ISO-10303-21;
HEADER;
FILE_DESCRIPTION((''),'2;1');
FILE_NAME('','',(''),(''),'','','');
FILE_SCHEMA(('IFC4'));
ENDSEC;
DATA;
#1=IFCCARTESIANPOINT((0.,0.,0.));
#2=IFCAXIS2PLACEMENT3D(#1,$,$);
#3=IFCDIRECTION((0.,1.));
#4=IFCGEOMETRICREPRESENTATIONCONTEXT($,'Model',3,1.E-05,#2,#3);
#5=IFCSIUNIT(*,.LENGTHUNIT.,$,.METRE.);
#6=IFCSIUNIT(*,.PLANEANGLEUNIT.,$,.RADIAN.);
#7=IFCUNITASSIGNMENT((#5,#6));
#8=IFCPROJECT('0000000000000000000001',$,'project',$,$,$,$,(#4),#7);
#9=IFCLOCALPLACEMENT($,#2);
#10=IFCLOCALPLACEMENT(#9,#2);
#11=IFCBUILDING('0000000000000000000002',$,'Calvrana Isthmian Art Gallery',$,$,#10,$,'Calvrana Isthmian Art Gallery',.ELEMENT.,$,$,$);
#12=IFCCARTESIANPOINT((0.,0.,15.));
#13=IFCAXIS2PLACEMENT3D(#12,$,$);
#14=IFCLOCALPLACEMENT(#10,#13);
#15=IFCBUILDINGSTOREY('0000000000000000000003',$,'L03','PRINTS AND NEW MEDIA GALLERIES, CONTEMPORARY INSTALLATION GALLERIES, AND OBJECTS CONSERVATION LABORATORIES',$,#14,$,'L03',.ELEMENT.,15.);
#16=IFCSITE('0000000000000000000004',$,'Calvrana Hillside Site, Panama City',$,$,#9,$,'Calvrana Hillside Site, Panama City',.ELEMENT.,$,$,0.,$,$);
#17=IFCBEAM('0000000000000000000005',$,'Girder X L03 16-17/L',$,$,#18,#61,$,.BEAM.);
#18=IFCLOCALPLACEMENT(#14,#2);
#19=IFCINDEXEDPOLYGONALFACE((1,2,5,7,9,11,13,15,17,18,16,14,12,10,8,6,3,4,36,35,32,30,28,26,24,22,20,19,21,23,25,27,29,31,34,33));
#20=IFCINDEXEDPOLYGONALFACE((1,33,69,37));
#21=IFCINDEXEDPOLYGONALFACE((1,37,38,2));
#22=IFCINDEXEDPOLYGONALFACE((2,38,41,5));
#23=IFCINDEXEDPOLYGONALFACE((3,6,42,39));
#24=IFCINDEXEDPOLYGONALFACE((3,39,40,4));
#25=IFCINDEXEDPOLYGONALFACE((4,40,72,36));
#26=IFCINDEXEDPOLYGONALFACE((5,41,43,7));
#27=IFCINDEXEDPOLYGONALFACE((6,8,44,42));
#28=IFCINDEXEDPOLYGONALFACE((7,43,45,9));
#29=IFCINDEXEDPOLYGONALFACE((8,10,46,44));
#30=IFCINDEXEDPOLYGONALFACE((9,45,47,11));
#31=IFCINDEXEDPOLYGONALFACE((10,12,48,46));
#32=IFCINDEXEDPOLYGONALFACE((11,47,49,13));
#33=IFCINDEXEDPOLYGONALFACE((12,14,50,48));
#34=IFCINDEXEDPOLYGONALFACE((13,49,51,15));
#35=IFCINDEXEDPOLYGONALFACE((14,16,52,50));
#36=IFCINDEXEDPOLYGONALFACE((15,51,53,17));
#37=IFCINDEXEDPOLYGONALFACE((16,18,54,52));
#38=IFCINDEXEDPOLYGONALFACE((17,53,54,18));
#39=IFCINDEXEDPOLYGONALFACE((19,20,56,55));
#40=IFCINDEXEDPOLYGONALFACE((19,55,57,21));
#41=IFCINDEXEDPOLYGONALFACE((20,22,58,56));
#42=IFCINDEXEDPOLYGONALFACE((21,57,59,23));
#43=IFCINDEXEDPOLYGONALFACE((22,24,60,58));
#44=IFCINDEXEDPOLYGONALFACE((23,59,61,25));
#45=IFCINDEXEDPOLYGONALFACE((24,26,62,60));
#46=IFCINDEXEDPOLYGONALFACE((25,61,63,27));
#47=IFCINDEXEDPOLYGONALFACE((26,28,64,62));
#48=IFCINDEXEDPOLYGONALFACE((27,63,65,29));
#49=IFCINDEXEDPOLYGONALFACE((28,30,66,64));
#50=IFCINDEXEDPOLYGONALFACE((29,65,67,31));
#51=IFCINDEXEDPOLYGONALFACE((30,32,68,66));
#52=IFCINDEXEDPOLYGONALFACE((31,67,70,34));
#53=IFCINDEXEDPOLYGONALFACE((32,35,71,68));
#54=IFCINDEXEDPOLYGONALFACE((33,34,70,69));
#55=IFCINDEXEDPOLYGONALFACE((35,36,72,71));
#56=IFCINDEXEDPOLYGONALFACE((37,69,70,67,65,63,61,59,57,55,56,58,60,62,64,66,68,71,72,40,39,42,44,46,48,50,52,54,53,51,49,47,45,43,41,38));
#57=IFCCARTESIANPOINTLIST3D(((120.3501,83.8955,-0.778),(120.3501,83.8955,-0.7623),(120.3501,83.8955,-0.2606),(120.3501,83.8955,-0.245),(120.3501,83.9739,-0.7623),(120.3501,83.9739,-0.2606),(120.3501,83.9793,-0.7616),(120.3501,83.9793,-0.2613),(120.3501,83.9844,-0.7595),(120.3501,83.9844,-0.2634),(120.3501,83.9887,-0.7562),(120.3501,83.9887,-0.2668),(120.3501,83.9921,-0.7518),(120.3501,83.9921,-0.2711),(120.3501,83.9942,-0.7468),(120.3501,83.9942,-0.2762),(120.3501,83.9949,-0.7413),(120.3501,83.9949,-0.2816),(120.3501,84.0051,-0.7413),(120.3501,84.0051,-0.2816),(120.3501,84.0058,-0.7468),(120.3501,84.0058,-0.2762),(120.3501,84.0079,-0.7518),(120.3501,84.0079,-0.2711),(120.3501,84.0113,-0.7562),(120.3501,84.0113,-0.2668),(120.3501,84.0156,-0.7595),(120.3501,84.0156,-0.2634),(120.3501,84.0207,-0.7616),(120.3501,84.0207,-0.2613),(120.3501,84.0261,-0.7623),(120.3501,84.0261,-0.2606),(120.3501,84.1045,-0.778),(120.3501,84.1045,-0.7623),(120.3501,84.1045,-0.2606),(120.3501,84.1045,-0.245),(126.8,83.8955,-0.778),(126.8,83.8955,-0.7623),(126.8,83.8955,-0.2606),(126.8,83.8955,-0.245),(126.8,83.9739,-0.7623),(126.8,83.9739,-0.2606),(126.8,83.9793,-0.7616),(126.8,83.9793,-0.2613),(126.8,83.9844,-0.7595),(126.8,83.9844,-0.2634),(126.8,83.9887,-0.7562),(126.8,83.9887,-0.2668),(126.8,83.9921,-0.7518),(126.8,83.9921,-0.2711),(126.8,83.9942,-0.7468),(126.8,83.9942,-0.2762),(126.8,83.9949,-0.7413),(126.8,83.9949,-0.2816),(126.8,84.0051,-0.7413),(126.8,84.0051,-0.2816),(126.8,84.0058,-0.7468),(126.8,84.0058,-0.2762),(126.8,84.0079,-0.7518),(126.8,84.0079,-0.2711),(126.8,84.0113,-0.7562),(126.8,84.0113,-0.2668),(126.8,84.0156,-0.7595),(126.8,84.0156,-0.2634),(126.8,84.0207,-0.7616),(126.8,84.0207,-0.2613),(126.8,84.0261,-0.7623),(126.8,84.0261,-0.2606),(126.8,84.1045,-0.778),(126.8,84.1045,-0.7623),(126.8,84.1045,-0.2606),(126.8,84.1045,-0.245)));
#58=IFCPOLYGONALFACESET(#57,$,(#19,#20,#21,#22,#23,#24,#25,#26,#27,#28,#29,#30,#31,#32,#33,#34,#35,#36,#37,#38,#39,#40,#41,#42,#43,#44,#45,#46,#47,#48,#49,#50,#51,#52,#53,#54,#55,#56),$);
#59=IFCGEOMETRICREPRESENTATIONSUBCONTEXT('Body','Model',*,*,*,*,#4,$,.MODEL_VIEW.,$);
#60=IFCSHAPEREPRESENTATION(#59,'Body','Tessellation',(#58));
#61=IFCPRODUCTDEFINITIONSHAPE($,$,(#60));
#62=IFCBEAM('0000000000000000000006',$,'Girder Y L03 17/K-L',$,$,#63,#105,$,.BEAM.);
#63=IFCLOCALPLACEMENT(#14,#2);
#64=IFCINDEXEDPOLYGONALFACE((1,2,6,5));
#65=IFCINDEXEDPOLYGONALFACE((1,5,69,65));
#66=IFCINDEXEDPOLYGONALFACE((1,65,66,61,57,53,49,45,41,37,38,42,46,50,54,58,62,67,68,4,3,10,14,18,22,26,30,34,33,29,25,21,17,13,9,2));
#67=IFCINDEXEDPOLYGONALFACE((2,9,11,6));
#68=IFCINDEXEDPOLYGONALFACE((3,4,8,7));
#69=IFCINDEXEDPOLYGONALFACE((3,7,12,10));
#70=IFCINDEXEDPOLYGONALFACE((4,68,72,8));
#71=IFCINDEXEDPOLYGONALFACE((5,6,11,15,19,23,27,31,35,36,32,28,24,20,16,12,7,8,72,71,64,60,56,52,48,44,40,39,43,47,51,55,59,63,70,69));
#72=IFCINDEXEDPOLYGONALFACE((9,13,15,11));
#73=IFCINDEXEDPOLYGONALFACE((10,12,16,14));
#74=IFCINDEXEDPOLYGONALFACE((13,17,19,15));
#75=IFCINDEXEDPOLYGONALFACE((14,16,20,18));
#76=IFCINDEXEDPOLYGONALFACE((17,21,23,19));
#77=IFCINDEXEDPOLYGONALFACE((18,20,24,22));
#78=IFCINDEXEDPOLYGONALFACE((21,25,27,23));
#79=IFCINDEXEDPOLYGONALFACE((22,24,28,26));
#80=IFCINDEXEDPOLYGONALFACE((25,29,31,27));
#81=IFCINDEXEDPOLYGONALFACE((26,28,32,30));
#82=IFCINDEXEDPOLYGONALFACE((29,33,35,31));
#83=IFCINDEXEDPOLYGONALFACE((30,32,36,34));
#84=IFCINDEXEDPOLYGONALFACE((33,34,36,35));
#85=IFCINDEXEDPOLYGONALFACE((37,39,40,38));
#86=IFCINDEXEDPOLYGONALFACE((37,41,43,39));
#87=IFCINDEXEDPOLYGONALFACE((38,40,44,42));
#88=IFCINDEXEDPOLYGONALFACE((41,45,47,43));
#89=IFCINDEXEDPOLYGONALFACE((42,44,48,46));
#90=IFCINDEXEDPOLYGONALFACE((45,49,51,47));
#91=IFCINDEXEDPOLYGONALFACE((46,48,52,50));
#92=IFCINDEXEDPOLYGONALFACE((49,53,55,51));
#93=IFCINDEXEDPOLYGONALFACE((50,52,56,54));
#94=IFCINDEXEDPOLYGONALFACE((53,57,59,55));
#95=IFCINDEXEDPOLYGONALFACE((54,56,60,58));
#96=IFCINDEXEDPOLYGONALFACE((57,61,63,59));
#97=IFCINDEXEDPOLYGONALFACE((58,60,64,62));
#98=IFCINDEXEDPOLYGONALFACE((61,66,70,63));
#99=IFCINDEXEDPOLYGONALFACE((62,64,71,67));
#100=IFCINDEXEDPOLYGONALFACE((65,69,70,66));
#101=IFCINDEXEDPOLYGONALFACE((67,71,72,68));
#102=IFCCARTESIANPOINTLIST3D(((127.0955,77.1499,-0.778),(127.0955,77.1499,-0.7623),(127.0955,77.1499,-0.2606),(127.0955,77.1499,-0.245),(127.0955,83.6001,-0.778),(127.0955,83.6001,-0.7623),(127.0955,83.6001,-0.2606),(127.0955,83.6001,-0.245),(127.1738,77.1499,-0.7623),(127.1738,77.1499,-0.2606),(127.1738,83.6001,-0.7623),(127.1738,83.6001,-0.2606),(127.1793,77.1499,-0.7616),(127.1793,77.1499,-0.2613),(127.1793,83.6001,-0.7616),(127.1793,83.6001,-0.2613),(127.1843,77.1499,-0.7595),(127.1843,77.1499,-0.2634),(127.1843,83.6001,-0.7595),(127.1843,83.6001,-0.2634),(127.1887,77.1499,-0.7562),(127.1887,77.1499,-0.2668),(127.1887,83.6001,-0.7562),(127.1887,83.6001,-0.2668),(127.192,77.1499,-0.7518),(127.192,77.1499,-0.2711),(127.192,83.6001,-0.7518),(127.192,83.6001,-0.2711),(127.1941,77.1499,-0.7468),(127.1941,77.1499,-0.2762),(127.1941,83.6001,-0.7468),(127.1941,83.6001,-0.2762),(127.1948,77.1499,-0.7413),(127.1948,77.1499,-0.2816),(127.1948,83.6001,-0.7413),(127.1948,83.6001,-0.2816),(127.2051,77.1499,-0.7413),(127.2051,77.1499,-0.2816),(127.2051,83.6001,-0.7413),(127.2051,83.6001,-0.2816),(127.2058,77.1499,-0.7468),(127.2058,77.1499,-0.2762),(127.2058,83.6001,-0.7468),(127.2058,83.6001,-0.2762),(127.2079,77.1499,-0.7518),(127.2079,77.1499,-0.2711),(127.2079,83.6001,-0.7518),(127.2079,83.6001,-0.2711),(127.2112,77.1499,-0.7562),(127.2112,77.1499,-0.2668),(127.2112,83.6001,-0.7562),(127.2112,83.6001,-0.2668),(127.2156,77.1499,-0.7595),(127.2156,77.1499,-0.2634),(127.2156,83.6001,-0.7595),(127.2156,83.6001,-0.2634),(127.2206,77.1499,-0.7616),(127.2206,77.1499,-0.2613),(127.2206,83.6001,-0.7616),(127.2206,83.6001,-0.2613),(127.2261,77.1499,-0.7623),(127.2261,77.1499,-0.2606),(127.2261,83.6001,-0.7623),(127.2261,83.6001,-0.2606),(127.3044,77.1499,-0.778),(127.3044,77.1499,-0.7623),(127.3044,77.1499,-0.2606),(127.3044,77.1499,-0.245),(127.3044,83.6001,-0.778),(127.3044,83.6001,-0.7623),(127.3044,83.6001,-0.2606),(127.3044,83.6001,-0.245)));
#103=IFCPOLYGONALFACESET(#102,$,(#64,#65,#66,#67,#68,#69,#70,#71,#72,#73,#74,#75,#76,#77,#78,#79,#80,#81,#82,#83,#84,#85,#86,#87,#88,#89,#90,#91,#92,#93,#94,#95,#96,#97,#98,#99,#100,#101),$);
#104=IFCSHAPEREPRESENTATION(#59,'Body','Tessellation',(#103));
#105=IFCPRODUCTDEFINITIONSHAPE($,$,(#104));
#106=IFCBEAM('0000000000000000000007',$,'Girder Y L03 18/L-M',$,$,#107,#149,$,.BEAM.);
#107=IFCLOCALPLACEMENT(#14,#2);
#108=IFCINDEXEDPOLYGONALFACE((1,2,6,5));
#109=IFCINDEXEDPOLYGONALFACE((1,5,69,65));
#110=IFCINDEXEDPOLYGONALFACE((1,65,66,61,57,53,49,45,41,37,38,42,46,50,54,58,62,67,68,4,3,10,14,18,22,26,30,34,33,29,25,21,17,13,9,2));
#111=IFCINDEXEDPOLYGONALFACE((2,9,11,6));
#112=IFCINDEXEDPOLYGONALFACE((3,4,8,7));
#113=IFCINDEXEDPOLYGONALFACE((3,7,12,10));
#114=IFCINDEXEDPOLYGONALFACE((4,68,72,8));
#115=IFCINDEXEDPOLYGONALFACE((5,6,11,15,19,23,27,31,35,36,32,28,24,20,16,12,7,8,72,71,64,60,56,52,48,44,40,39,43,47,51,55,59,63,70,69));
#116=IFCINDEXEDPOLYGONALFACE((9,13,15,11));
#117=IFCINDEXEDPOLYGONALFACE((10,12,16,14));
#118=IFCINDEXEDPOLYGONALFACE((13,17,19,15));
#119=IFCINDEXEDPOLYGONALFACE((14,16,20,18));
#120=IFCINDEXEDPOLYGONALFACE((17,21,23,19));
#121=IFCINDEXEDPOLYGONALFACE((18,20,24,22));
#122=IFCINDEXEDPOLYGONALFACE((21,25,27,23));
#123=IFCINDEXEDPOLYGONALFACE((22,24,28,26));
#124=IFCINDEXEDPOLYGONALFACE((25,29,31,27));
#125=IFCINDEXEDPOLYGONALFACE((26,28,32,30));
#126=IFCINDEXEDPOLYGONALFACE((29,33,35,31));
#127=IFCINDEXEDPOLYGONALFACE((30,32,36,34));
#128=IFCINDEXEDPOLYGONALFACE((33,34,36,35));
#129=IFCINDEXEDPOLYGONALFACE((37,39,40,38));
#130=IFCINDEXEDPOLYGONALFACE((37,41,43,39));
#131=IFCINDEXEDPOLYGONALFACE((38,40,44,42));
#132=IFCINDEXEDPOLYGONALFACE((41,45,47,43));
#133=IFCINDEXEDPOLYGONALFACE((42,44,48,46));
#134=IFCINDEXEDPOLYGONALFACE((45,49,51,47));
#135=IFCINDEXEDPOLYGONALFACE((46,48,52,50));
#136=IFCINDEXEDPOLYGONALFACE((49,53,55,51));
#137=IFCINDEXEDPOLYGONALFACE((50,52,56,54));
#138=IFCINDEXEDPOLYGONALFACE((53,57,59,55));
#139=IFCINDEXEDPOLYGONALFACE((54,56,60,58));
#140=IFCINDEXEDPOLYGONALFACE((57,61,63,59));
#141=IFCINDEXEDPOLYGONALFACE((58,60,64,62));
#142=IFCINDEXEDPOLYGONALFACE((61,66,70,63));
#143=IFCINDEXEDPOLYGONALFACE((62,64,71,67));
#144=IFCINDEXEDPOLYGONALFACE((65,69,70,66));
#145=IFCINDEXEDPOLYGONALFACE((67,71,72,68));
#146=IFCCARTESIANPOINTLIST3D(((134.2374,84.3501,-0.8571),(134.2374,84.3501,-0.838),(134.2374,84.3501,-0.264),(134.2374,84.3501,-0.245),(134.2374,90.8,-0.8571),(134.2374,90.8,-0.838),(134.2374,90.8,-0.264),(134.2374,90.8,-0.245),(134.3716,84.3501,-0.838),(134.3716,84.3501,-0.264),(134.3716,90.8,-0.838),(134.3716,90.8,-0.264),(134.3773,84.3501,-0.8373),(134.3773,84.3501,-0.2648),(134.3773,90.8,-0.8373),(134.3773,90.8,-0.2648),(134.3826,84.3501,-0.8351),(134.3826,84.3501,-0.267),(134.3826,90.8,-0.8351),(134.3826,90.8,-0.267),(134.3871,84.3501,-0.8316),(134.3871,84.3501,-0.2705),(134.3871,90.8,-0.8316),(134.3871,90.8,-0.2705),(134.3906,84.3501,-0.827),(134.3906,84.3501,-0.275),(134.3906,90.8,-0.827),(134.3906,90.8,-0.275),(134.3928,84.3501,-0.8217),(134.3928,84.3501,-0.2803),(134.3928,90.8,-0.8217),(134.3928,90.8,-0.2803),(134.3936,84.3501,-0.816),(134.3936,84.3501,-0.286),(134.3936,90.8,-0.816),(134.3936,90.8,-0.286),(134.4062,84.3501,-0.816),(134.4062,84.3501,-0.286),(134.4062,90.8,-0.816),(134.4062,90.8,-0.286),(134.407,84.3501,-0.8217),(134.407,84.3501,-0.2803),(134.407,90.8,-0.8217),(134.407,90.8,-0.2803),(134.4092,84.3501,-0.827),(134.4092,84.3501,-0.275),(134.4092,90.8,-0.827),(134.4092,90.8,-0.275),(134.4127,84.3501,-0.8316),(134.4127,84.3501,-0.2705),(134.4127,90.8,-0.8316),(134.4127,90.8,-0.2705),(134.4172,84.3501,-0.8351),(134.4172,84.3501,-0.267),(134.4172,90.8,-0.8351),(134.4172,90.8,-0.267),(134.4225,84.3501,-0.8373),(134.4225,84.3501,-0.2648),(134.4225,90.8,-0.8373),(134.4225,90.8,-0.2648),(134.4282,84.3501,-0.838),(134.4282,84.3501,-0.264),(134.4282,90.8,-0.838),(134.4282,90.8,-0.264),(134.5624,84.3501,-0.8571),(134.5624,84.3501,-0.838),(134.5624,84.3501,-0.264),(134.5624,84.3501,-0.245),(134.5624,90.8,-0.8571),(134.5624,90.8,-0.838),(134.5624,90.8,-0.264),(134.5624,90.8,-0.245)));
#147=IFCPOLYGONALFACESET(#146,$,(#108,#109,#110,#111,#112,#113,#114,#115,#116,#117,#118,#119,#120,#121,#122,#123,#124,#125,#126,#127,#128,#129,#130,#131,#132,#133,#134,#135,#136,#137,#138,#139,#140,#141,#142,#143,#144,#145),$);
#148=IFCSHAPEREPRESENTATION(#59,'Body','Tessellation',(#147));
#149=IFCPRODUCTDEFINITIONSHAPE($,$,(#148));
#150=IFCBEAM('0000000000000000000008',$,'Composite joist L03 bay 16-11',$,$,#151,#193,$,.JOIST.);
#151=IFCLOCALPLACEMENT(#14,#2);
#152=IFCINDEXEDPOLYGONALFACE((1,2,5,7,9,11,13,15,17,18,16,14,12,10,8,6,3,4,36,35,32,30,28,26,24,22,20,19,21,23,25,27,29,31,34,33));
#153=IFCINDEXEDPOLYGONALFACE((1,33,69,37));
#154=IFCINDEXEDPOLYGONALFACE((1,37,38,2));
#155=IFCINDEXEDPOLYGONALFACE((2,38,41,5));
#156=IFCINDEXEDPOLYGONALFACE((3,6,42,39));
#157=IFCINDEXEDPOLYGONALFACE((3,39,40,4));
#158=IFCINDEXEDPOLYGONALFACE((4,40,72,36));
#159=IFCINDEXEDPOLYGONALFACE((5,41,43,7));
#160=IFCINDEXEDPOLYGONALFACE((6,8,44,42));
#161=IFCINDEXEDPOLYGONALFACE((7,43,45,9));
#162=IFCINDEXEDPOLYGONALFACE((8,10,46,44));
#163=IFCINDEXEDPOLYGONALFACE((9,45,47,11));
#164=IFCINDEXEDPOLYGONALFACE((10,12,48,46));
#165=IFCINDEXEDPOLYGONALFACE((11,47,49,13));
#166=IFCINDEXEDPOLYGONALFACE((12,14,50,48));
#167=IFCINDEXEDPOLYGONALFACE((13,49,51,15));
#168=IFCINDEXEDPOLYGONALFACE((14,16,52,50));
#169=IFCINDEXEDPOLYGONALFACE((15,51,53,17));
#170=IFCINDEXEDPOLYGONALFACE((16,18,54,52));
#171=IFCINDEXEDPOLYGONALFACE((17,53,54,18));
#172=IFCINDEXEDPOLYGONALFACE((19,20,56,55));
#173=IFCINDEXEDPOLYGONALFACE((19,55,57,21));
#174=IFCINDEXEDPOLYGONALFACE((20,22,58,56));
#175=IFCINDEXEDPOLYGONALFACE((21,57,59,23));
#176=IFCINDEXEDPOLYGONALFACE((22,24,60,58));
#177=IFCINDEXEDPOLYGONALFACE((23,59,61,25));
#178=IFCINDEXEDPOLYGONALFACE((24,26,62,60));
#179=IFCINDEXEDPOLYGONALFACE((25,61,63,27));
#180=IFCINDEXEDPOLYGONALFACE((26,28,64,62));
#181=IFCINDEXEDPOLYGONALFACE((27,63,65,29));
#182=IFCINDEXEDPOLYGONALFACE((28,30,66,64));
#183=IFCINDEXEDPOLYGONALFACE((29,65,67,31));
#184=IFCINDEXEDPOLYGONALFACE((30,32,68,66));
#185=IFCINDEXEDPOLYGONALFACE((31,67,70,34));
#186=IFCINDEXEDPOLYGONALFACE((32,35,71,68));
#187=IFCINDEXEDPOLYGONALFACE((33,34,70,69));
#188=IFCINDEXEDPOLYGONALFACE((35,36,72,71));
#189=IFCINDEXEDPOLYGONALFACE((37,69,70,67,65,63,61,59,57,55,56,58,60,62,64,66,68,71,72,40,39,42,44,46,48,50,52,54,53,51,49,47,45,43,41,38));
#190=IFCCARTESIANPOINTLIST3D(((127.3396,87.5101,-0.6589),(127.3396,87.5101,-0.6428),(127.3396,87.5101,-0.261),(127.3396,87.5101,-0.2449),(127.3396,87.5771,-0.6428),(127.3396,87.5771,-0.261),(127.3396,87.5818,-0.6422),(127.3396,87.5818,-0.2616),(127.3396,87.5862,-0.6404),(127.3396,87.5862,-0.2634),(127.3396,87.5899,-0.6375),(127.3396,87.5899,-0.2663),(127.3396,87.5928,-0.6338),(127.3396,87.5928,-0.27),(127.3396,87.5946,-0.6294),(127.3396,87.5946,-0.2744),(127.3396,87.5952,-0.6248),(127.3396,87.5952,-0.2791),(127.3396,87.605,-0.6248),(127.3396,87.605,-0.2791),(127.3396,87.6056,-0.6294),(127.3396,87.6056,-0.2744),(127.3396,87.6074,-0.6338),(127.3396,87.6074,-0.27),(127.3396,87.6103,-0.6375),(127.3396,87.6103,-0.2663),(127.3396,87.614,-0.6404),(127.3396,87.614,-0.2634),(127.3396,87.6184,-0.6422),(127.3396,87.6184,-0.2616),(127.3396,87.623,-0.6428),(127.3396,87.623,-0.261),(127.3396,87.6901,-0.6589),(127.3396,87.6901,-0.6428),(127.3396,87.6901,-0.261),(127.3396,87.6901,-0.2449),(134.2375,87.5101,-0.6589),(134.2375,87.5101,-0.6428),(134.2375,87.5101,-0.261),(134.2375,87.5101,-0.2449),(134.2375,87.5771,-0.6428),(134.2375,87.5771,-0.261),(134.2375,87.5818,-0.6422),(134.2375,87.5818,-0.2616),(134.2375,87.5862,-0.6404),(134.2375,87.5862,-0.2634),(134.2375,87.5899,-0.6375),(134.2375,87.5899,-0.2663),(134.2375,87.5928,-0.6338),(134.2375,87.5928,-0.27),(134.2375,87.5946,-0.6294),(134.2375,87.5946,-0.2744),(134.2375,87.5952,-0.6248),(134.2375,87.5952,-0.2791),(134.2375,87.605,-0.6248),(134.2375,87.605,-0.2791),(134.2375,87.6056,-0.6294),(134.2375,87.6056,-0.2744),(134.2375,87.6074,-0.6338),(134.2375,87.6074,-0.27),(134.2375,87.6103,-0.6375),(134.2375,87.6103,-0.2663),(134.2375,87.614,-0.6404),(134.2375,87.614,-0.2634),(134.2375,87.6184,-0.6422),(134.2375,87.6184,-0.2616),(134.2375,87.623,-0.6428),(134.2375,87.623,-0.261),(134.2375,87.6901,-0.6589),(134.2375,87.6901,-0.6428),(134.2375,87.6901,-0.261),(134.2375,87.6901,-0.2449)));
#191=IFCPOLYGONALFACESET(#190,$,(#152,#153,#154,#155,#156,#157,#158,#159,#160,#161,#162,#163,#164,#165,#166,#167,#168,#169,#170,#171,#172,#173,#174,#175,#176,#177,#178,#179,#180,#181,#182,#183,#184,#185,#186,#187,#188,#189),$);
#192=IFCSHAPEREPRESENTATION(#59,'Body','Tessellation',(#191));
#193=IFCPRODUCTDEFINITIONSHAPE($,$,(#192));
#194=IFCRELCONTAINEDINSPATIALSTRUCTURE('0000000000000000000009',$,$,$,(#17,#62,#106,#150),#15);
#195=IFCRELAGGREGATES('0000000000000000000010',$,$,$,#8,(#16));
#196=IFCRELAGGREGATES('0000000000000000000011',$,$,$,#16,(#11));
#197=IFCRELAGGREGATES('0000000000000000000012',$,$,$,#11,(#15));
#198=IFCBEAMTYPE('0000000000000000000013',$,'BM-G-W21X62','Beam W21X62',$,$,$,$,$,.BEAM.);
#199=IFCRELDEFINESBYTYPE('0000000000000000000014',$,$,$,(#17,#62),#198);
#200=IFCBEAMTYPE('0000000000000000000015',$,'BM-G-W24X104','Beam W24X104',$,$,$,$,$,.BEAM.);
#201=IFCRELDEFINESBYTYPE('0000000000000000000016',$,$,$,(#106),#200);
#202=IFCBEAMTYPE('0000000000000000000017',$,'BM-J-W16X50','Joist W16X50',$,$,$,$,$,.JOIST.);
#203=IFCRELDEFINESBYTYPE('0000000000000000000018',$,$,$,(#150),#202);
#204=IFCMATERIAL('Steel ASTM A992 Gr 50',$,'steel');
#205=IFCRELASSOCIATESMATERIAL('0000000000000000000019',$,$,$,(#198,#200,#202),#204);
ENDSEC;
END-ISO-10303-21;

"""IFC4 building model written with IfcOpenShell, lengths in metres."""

from ifc_helpers import new_model, si_unit, direction, frame, origin, origin_2d, place, context, subcontext, project, spatial, i_section, extrude, material, material_profile, profile_set, type_object, element, save


model = new_model("IFC4")

# Units and contexts
model_context = context("Model", 3, precision=1e-05, world=origin(), true_north=direction((0.0, 1.0)))
body_context = subcontext(model_context, "Body", "Model", "MODEL_VIEW")
ifc_project = project(units=[si_unit("LENGTHUNIT", "METRE"), si_unit("PLANEANGLEUNIT", "RADIAN")], contexts=[model_context])

# Site, building, storey
site_placement = place(None, origin())
site = spatial("IfcSite", under=ifc_project, at=site_placement, Name="Calvrana Hillside Site, Panama City", LongName="Calvrana Hillside Site, Panama City", CompositionType="ELEMENT", RefElevation=0.0)
building_placement = place(site_placement, origin())
building = spatial("IfcBuilding", under=site, at=building_placement, Name="Calvrana Isthmian Art Gallery", LongName="Calvrana Isthmian Art Gallery", CompositionType="ELEMENT")
storey_placement = place(building_placement, frame((0.0, 0.0, 15.0)))
storey = spatial("IfcBuildingStorey", under=building, at=storey_placement, Name="L03", Description="PRINTS AND NEW MEDIA GALLERIES, CONTEMPORARY INSTALLATION GALLERIES, AND OBJECTS CONSERVATION LABORATORIES", LongName="L03", CompositionType="ELEMENT", Elevation=15.0)

# Beams
ifc_material_1 = material(Name="Steel ASTM A992 Gr 50", Category="steel")
ifc_material_profile_1 = material_profile(ifc_material_1, i_section(OverallWidth=0.209, OverallDepth=0.533, WebThickness=0.0103, FlangeThickness=0.0156, FilletRadius=0.021, at=origin_2d()), Name="W21X62")
ifc_profile_set_1 = profile_set([ifc_material_profile_1], Name="Steel ASTM A992 Gr 50")
beam_type_1 = type_object("IfcBeamType", Name="BM-G-W21X62", Description="Beam W21X62", PredefinedType="BEAM", material=ifc_profile_set_1)
beam_1_placement = place(storey_placement, frame((120.3501, 84.0, -0.5115), z_axis=(1.0, 0.0, 0.0), x_axis=(0.0, 1.0, 0.0)))
element("IfcBeam", 1, at=beam_1_placement, inside=storey, type_object=beam_type_1, Name="Girder X L03 16-17/L", PredefinedType="BEAM", context=body_context, shape_type="SweptSolid", body=[
    extrude(i_section(OverallWidth=0.209, OverallDepth=0.533, WebThickness=0.0103, FlangeThickness=0.0156, FilletRadius=0.021, at=origin_2d()), origin(), (0.0, 0.0, 1.0), 6.45),
])
beam_2_placement = place(storey_placement, frame((127.2, 77.1499, -0.5115), z_axis=(0.0, 1.0, 0.0), x_axis=(-1.0, 0.0, 0.0)))
element("IfcBeam", 2, at=beam_2_placement, inside=storey, type_object=beam_type_1, Name="Girder Y L03 17/K-L", PredefinedType="BEAM", context=body_context, shape_type="SweptSolid", body=[
    extrude(i_section(OverallWidth=0.209, OverallDepth=0.533, WebThickness=0.0103, FlangeThickness=0.0156, FilletRadius=0.021, at=origin_2d()), origin(), (0.0, 0.0, 1.0), 6.4502),
])
ifc_material_profile_2 = material_profile(ifc_material_1, i_section(OverallWidth=0.325, OverallDepth=0.6121, WebThickness=0.0127, FlangeThickness=0.019, FilletRadius=0.022, at=origin_2d()), Name="W24X104")
ifc_profile_set_2 = profile_set([ifc_material_profile_2], Name="Steel ASTM A992 Gr 50")
beam_type_2 = type_object("IfcBeamType", Name="BM-G-W24X104", Description="Beam W24X104", PredefinedType="BEAM", material=ifc_profile_set_2)
beam_3_placement = place(storey_placement, frame((134.3999, 84.3501, -0.551), z_axis=(0.0, 1.0, 0.0), x_axis=(-1.0, 0.0, 0.0)))
element("IfcBeam", 3, at=beam_3_placement, inside=storey, type_object=beam_type_2, Name="Girder Y L03 18/L-M", PredefinedType="BEAM", context=body_context, shape_type="SweptSolid", body=[
    extrude(i_section(OverallWidth=0.325, OverallDepth=0.6121, WebThickness=0.0127, FlangeThickness=0.019, FilletRadius=0.022, at=origin_2d()), origin(), (0.0, 0.0, 1.0), 6.45),
])
ifc_material_profile_3 = material_profile(ifc_material_1, i_section(OverallWidth=0.1799, OverallDepth=0.4141, WebThickness=0.0098, FlangeThickness=0.0161, FilletRadius=0.0181, at=origin_2d()), Name="W16X50")
ifc_profile_set_3 = profile_set([ifc_material_profile_3], Name="Steel ASTM A992 Gr 50")
beam_type_3 = type_object("IfcBeamType", Name="BM-J-W16X50", Description="Joist W16X50", PredefinedType="JOIST", material=ifc_profile_set_3)
beam_4_placement = place(storey_placement, frame((127.3396, 87.6001, -0.4519), z_axis=(1.0, 0.0, 0.0), x_axis=(0.0, 1.0, 0.0)))
element("IfcBeam", 4, at=beam_4_placement, inside=storey, type_object=beam_type_3, Name="Composite joist L03 bay 16-11", PredefinedType="JOIST", context=body_context, shape_type="SweptSolid", body=[
    extrude(i_section(OverallWidth=0.1799, OverallDepth=0.4141, WebThickness=0.0098, FlangeThickness=0.0161, FilletRadius=0.0181, at=origin_2d()), origin(), (0.0, 0.0, 1.0), 6.8979),
])

save(model, "model.ifc")
